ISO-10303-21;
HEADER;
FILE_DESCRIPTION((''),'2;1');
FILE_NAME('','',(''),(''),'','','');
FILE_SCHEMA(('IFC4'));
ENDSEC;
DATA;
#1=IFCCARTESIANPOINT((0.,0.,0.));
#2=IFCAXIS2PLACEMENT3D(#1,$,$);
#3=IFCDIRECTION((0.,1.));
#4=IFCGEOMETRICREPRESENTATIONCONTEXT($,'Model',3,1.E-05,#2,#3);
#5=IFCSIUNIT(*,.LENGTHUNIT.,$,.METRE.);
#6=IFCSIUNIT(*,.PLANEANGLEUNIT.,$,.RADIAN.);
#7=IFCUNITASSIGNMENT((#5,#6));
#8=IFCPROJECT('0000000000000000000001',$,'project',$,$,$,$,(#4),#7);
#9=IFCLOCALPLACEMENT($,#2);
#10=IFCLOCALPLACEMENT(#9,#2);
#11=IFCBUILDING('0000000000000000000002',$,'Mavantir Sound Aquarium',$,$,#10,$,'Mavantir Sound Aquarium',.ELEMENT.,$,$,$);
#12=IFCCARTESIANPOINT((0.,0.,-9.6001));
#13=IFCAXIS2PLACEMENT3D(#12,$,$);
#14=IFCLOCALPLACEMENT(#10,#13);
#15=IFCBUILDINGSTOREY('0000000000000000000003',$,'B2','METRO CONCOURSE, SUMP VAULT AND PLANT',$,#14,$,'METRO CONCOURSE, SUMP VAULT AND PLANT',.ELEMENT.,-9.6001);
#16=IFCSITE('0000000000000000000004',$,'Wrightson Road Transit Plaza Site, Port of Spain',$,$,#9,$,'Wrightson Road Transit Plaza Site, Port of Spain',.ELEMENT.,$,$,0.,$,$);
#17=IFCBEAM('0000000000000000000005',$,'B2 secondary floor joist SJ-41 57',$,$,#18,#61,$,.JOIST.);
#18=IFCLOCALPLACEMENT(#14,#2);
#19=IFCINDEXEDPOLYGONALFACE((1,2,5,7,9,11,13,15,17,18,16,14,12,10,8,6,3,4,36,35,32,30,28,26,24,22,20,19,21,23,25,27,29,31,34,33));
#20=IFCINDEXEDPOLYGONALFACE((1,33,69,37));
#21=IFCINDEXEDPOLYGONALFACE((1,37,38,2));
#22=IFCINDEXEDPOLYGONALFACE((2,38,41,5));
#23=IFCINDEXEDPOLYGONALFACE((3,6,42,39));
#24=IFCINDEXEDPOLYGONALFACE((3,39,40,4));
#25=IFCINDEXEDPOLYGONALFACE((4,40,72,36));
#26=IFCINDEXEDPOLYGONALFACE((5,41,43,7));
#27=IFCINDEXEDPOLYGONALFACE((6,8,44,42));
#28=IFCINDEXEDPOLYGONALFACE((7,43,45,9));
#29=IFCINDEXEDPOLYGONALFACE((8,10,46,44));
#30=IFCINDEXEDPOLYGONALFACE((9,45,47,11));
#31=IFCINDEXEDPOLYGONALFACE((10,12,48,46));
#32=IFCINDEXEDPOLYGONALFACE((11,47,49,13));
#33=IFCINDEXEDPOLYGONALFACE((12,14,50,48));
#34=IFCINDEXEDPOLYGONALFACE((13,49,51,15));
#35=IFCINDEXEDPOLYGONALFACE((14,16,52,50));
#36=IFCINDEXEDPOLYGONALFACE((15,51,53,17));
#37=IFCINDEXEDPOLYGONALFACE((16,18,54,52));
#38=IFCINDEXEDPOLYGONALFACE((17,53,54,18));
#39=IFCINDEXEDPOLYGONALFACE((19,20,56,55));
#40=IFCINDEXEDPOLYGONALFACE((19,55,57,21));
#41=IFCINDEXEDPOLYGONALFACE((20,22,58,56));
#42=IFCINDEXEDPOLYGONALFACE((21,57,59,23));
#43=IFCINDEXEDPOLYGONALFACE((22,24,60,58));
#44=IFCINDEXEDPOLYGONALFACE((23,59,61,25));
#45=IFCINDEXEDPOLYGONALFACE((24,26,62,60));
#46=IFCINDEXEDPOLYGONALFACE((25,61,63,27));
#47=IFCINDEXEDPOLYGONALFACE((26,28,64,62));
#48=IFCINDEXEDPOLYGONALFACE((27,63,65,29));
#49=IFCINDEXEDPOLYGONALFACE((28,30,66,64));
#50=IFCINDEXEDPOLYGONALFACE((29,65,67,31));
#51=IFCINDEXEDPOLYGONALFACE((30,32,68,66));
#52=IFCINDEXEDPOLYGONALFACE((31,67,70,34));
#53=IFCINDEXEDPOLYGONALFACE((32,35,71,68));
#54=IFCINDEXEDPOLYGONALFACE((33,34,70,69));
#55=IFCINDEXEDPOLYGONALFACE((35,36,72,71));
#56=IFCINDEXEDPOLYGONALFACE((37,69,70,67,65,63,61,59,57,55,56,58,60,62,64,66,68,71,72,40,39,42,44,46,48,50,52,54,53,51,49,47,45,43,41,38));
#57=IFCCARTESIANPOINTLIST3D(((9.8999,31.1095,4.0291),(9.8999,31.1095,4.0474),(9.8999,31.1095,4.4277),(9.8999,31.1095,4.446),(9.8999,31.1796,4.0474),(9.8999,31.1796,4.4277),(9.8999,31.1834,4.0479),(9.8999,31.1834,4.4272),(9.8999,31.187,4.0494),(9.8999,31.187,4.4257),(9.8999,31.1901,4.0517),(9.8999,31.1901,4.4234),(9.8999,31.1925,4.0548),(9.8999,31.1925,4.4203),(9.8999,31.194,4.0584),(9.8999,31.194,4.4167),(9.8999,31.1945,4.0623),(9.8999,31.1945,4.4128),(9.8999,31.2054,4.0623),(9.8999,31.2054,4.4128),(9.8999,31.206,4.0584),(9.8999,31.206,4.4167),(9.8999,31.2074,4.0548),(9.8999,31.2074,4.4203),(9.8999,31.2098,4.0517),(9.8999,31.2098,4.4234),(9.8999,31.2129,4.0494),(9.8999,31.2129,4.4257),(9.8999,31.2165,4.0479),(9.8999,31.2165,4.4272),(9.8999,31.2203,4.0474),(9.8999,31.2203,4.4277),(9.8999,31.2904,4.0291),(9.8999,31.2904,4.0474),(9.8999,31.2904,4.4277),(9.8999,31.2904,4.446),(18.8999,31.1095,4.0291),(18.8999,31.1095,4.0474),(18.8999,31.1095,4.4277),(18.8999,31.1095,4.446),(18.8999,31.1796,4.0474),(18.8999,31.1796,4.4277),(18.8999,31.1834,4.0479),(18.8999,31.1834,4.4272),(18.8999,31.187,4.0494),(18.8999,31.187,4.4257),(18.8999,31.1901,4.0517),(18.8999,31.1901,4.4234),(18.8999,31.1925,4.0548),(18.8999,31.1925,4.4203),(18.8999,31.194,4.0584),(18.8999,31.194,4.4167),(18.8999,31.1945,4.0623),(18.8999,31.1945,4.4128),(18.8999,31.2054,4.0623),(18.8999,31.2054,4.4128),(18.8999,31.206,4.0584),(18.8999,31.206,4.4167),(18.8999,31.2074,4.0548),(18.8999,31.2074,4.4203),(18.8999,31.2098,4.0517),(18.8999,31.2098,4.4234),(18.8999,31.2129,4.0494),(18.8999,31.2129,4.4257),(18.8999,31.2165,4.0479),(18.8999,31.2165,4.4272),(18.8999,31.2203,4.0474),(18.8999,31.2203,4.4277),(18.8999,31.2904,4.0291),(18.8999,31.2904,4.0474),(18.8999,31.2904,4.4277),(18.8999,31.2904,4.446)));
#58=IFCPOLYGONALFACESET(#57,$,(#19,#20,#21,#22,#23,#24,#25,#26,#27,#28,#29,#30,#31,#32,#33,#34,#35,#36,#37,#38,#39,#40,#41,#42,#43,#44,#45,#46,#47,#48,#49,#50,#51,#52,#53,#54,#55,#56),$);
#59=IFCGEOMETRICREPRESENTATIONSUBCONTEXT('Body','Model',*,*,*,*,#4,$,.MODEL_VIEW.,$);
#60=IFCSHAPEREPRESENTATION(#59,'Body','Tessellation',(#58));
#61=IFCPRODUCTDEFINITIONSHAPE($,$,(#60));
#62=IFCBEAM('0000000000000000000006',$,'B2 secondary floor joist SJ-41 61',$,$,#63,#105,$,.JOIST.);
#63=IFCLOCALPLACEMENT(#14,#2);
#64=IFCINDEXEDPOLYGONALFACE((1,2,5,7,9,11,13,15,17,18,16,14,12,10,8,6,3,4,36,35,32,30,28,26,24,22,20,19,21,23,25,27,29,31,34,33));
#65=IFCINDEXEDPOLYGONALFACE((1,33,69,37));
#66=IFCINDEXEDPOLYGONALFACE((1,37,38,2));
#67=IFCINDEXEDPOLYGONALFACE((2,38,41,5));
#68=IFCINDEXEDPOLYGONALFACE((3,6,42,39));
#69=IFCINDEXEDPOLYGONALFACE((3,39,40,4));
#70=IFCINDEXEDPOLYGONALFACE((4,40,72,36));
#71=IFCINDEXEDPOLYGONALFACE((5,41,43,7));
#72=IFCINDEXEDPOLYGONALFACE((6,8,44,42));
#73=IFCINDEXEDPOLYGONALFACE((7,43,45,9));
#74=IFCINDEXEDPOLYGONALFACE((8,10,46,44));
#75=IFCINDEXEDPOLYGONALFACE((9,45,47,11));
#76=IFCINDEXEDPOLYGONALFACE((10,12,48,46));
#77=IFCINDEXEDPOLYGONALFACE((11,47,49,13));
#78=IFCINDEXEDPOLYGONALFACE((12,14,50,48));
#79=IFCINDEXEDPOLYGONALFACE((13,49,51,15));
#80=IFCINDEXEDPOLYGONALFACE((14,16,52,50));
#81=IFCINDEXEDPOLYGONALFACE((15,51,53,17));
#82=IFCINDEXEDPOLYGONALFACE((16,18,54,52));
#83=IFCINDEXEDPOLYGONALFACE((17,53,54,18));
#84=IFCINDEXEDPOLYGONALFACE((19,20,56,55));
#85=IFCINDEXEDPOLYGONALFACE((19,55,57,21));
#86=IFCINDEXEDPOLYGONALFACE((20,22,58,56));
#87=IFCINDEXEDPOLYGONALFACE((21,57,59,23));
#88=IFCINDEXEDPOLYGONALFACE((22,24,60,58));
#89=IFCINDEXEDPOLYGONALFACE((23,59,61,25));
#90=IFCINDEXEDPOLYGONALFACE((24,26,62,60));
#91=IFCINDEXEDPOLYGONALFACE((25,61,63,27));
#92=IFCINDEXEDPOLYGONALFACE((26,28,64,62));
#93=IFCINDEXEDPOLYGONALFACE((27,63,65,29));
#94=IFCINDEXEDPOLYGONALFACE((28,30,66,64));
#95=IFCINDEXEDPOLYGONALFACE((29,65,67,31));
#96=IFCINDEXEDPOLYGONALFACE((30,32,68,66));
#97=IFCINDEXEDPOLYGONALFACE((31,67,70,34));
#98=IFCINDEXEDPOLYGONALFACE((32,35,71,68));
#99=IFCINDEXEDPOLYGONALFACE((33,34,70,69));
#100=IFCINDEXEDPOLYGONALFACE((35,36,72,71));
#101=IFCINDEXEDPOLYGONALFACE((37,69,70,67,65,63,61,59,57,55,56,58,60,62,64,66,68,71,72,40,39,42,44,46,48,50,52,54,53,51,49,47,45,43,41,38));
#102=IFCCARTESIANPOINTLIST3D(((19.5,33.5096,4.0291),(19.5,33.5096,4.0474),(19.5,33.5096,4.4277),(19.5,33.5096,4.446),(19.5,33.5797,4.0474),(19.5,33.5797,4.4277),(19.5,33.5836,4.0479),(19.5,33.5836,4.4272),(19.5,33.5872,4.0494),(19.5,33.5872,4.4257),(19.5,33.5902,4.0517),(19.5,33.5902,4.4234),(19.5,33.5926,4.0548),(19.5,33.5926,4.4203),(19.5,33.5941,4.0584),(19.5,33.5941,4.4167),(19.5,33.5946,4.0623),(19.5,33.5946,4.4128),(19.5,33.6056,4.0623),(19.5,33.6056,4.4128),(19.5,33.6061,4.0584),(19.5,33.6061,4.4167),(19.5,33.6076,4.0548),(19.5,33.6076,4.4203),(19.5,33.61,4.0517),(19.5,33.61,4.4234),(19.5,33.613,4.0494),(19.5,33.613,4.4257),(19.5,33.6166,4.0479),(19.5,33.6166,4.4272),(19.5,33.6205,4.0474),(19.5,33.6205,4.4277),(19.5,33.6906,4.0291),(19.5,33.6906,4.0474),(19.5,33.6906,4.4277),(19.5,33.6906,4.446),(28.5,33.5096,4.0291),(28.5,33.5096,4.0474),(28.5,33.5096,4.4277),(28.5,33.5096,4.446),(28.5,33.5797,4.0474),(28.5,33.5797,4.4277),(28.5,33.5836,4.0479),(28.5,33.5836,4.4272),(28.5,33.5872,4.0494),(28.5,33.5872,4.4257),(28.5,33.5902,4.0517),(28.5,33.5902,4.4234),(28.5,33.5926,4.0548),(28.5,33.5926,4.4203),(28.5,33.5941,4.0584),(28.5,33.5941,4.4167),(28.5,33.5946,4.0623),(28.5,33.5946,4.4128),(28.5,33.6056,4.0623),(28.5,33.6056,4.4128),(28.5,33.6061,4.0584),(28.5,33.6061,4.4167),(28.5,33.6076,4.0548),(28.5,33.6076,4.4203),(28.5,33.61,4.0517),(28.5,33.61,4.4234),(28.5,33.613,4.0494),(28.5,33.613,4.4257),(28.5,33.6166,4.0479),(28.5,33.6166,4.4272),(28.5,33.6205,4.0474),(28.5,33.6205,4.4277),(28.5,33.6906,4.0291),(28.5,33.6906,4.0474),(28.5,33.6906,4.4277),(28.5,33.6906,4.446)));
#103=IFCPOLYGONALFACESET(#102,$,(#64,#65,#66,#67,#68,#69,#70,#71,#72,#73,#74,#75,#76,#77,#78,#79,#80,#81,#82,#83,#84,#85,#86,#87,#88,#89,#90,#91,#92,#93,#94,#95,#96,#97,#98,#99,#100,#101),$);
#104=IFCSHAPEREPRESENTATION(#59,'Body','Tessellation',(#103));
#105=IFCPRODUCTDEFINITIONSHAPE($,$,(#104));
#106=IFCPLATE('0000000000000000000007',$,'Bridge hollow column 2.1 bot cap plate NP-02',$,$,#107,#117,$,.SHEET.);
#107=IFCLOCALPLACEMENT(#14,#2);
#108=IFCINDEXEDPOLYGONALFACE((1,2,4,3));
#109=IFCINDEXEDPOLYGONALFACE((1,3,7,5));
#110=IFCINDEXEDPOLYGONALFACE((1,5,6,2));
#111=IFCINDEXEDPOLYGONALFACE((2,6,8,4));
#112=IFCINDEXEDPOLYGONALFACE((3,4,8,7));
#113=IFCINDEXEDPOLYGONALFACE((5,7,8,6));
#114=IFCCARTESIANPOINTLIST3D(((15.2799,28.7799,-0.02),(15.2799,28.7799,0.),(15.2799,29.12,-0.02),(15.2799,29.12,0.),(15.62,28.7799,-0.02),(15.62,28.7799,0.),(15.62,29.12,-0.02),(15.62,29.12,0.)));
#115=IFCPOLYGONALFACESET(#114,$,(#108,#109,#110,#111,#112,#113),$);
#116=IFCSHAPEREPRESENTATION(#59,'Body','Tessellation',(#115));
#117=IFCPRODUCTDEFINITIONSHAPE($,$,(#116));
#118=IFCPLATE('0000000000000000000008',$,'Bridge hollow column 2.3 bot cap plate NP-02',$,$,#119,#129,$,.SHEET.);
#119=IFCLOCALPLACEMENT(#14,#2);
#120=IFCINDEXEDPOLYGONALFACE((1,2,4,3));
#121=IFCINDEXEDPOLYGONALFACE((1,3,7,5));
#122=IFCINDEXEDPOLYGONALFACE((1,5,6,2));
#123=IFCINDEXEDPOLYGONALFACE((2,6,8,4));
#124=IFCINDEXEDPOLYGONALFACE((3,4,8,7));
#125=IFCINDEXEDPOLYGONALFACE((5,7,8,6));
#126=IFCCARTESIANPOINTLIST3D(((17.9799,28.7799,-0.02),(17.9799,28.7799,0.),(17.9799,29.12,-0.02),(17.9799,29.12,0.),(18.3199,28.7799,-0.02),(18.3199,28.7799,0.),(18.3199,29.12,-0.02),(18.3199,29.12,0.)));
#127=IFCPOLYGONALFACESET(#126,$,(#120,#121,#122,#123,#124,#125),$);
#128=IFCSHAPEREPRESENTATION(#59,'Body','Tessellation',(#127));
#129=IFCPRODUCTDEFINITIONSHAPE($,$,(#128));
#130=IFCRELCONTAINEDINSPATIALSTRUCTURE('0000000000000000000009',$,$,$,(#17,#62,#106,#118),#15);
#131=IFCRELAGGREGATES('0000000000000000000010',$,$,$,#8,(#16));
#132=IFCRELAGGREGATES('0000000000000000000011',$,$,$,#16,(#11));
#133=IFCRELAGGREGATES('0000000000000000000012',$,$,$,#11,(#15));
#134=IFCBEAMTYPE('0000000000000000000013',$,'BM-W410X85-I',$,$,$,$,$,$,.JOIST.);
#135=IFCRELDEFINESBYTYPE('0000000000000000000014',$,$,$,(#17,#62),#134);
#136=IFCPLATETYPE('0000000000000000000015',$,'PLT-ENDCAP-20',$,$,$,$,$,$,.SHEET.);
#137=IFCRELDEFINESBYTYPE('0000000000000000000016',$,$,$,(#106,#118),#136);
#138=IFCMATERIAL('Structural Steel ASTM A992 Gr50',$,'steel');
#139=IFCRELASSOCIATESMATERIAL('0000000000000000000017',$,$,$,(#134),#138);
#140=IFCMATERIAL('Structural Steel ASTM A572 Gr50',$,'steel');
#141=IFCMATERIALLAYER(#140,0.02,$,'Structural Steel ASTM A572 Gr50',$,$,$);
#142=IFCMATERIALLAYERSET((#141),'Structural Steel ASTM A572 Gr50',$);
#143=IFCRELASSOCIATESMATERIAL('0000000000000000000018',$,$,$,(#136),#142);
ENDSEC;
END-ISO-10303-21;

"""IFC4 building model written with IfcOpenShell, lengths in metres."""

from ifc_helpers import new_model, si_unit, direction, frame, origin, origin_2d, place, context, subcontext, project, spatial, rectangle, i_section, extrude, material, layer, layer_set, material_profile, profile_set, type_object, element, save


model = new_model("IFC4")

# Units and contexts
model_context = context("Model", 3, precision=1e-05, world=origin(), true_north=direction((0.0, 1.0)))
body_context = subcontext(model_context, "Body", "Model", "MODEL_VIEW")
ifc_project = project(units=[si_unit("LENGTHUNIT", "METRE"), si_unit("PLANEANGLEUNIT", "RADIAN")], contexts=[model_context])

# Site, building, storey
site_placement = place(None, origin())
site = spatial("IfcSite", under=ifc_project, at=site_placement, Name="Wrightson Road Transit Plaza Site, Port of Spain", LongName="Wrightson Road Transit Plaza Site, Port of Spain", CompositionType="ELEMENT", RefElevation=0.0)
building_placement = place(site_placement, origin())
building = spatial("IfcBuilding", under=site, at=building_placement, Name="Mavantir Sound Aquarium", LongName="Mavantir Sound Aquarium", CompositionType="ELEMENT")
storey_placement = place(building_placement, frame((0.0, 0.0, -9.6001)))
storey = spatial("IfcBuildingStorey", under=building, at=storey_placement, Name="B2", Description="METRO CONCOURSE, SUMP VAULT AND PLANT", LongName="METRO CONCOURSE, SUMP VAULT AND PLANT", CompositionType="ELEMENT", Elevation=-9.6001)

# Beams
ifc_material_1 = material(Name="Structural Steel ASTM A992 Gr50", Category="steel")
ifc_material_profile_1 = material_profile(ifc_material_1, i_section(OverallWidth=0.1809, OverallDepth=0.417, WebThickness=0.011, FlangeThickness=0.0183, FilletRadius=0.0149, at=origin_2d()), Name="W410X85")
ifc_profile_set_1 = profile_set([ifc_material_profile_1], Name="Structural Steel ASTM A992 Gr50")
beam_type_1 = type_object("IfcBeamType", Name="BM-W410X85-I", PredefinedType="JOIST", material=ifc_profile_set_1)
for number, where, z_axis, x_axis, name in (
    (1, (9.8999, 31.2, 4.2375), (1.0, 0.0, 0.0), (0.0, 1.0, 0.0), "B2 secondary floor joist SJ-41 57"),
    (2, (19.5, 33.6001, 4.2375), (1.0, 0.0, 0.0), (0.0, 1.0, 0.0), "B2 secondary floor joist SJ-41 61"),
):
    element("IfcBeam", number, at=place(storey_placement, frame(where, z_axis=z_axis, x_axis=x_axis)), inside=storey, type_object=beam_type_1, Name=name, PredefinedType="JOIST", context=body_context, shape_type="SweptSolid", body=[
        extrude(i_section(OverallWidth=0.1809, OverallDepth=0.417, WebThickness=0.011, FlangeThickness=0.0183, FilletRadius=0.0149, at=origin_2d()), origin(), (0.0, 0.0, 1.0), 9.0),
    ])

# Plates
ifc_material_2 = material(Name="Structural Steel ASTM A572 Gr50", Category="steel")
ifc_layer = layer(ifc_material_2, 0.02, Name="Structural Steel ASTM A572 Gr50")
ifc_layer_set = layer_set([ifc_layer], Name="Structural Steel ASTM A572 Gr50")
plate_type = type_object("IfcPlateType", Name="PLT-ENDCAP-20", PredefinedType="SHEET", material=ifc_layer_set)
for number, where, z_axis, x_axis, name in (
    (3, (15.45, 28.95, -0.02), (0.0, 0.0, 1.0), (1.0, 0.0, 0.0), "Bridge hollow column 2.1 bot cap plate NP-02"),
    (4, (18.1499, 28.95, -0.02), (0.0, 0.0, 1.0), (1.0, 0.0, 0.0), "Bridge hollow column 2.3 bot cap plate NP-02"),
):
    element("IfcPlate", number, at=place(storey_placement, frame(where, z_axis=z_axis, x_axis=x_axis)), inside=storey, type_object=plate_type, Name=name, PredefinedType="SHEET", context=body_context, shape_type="SweptSolid", body=[
        extrude(rectangle(XDim=0.3401, YDim=0.3401, at=origin_2d()), origin(), (0.0, 0.0, 1.0), 0.02),
    ])

save(model, "model.ifc")
